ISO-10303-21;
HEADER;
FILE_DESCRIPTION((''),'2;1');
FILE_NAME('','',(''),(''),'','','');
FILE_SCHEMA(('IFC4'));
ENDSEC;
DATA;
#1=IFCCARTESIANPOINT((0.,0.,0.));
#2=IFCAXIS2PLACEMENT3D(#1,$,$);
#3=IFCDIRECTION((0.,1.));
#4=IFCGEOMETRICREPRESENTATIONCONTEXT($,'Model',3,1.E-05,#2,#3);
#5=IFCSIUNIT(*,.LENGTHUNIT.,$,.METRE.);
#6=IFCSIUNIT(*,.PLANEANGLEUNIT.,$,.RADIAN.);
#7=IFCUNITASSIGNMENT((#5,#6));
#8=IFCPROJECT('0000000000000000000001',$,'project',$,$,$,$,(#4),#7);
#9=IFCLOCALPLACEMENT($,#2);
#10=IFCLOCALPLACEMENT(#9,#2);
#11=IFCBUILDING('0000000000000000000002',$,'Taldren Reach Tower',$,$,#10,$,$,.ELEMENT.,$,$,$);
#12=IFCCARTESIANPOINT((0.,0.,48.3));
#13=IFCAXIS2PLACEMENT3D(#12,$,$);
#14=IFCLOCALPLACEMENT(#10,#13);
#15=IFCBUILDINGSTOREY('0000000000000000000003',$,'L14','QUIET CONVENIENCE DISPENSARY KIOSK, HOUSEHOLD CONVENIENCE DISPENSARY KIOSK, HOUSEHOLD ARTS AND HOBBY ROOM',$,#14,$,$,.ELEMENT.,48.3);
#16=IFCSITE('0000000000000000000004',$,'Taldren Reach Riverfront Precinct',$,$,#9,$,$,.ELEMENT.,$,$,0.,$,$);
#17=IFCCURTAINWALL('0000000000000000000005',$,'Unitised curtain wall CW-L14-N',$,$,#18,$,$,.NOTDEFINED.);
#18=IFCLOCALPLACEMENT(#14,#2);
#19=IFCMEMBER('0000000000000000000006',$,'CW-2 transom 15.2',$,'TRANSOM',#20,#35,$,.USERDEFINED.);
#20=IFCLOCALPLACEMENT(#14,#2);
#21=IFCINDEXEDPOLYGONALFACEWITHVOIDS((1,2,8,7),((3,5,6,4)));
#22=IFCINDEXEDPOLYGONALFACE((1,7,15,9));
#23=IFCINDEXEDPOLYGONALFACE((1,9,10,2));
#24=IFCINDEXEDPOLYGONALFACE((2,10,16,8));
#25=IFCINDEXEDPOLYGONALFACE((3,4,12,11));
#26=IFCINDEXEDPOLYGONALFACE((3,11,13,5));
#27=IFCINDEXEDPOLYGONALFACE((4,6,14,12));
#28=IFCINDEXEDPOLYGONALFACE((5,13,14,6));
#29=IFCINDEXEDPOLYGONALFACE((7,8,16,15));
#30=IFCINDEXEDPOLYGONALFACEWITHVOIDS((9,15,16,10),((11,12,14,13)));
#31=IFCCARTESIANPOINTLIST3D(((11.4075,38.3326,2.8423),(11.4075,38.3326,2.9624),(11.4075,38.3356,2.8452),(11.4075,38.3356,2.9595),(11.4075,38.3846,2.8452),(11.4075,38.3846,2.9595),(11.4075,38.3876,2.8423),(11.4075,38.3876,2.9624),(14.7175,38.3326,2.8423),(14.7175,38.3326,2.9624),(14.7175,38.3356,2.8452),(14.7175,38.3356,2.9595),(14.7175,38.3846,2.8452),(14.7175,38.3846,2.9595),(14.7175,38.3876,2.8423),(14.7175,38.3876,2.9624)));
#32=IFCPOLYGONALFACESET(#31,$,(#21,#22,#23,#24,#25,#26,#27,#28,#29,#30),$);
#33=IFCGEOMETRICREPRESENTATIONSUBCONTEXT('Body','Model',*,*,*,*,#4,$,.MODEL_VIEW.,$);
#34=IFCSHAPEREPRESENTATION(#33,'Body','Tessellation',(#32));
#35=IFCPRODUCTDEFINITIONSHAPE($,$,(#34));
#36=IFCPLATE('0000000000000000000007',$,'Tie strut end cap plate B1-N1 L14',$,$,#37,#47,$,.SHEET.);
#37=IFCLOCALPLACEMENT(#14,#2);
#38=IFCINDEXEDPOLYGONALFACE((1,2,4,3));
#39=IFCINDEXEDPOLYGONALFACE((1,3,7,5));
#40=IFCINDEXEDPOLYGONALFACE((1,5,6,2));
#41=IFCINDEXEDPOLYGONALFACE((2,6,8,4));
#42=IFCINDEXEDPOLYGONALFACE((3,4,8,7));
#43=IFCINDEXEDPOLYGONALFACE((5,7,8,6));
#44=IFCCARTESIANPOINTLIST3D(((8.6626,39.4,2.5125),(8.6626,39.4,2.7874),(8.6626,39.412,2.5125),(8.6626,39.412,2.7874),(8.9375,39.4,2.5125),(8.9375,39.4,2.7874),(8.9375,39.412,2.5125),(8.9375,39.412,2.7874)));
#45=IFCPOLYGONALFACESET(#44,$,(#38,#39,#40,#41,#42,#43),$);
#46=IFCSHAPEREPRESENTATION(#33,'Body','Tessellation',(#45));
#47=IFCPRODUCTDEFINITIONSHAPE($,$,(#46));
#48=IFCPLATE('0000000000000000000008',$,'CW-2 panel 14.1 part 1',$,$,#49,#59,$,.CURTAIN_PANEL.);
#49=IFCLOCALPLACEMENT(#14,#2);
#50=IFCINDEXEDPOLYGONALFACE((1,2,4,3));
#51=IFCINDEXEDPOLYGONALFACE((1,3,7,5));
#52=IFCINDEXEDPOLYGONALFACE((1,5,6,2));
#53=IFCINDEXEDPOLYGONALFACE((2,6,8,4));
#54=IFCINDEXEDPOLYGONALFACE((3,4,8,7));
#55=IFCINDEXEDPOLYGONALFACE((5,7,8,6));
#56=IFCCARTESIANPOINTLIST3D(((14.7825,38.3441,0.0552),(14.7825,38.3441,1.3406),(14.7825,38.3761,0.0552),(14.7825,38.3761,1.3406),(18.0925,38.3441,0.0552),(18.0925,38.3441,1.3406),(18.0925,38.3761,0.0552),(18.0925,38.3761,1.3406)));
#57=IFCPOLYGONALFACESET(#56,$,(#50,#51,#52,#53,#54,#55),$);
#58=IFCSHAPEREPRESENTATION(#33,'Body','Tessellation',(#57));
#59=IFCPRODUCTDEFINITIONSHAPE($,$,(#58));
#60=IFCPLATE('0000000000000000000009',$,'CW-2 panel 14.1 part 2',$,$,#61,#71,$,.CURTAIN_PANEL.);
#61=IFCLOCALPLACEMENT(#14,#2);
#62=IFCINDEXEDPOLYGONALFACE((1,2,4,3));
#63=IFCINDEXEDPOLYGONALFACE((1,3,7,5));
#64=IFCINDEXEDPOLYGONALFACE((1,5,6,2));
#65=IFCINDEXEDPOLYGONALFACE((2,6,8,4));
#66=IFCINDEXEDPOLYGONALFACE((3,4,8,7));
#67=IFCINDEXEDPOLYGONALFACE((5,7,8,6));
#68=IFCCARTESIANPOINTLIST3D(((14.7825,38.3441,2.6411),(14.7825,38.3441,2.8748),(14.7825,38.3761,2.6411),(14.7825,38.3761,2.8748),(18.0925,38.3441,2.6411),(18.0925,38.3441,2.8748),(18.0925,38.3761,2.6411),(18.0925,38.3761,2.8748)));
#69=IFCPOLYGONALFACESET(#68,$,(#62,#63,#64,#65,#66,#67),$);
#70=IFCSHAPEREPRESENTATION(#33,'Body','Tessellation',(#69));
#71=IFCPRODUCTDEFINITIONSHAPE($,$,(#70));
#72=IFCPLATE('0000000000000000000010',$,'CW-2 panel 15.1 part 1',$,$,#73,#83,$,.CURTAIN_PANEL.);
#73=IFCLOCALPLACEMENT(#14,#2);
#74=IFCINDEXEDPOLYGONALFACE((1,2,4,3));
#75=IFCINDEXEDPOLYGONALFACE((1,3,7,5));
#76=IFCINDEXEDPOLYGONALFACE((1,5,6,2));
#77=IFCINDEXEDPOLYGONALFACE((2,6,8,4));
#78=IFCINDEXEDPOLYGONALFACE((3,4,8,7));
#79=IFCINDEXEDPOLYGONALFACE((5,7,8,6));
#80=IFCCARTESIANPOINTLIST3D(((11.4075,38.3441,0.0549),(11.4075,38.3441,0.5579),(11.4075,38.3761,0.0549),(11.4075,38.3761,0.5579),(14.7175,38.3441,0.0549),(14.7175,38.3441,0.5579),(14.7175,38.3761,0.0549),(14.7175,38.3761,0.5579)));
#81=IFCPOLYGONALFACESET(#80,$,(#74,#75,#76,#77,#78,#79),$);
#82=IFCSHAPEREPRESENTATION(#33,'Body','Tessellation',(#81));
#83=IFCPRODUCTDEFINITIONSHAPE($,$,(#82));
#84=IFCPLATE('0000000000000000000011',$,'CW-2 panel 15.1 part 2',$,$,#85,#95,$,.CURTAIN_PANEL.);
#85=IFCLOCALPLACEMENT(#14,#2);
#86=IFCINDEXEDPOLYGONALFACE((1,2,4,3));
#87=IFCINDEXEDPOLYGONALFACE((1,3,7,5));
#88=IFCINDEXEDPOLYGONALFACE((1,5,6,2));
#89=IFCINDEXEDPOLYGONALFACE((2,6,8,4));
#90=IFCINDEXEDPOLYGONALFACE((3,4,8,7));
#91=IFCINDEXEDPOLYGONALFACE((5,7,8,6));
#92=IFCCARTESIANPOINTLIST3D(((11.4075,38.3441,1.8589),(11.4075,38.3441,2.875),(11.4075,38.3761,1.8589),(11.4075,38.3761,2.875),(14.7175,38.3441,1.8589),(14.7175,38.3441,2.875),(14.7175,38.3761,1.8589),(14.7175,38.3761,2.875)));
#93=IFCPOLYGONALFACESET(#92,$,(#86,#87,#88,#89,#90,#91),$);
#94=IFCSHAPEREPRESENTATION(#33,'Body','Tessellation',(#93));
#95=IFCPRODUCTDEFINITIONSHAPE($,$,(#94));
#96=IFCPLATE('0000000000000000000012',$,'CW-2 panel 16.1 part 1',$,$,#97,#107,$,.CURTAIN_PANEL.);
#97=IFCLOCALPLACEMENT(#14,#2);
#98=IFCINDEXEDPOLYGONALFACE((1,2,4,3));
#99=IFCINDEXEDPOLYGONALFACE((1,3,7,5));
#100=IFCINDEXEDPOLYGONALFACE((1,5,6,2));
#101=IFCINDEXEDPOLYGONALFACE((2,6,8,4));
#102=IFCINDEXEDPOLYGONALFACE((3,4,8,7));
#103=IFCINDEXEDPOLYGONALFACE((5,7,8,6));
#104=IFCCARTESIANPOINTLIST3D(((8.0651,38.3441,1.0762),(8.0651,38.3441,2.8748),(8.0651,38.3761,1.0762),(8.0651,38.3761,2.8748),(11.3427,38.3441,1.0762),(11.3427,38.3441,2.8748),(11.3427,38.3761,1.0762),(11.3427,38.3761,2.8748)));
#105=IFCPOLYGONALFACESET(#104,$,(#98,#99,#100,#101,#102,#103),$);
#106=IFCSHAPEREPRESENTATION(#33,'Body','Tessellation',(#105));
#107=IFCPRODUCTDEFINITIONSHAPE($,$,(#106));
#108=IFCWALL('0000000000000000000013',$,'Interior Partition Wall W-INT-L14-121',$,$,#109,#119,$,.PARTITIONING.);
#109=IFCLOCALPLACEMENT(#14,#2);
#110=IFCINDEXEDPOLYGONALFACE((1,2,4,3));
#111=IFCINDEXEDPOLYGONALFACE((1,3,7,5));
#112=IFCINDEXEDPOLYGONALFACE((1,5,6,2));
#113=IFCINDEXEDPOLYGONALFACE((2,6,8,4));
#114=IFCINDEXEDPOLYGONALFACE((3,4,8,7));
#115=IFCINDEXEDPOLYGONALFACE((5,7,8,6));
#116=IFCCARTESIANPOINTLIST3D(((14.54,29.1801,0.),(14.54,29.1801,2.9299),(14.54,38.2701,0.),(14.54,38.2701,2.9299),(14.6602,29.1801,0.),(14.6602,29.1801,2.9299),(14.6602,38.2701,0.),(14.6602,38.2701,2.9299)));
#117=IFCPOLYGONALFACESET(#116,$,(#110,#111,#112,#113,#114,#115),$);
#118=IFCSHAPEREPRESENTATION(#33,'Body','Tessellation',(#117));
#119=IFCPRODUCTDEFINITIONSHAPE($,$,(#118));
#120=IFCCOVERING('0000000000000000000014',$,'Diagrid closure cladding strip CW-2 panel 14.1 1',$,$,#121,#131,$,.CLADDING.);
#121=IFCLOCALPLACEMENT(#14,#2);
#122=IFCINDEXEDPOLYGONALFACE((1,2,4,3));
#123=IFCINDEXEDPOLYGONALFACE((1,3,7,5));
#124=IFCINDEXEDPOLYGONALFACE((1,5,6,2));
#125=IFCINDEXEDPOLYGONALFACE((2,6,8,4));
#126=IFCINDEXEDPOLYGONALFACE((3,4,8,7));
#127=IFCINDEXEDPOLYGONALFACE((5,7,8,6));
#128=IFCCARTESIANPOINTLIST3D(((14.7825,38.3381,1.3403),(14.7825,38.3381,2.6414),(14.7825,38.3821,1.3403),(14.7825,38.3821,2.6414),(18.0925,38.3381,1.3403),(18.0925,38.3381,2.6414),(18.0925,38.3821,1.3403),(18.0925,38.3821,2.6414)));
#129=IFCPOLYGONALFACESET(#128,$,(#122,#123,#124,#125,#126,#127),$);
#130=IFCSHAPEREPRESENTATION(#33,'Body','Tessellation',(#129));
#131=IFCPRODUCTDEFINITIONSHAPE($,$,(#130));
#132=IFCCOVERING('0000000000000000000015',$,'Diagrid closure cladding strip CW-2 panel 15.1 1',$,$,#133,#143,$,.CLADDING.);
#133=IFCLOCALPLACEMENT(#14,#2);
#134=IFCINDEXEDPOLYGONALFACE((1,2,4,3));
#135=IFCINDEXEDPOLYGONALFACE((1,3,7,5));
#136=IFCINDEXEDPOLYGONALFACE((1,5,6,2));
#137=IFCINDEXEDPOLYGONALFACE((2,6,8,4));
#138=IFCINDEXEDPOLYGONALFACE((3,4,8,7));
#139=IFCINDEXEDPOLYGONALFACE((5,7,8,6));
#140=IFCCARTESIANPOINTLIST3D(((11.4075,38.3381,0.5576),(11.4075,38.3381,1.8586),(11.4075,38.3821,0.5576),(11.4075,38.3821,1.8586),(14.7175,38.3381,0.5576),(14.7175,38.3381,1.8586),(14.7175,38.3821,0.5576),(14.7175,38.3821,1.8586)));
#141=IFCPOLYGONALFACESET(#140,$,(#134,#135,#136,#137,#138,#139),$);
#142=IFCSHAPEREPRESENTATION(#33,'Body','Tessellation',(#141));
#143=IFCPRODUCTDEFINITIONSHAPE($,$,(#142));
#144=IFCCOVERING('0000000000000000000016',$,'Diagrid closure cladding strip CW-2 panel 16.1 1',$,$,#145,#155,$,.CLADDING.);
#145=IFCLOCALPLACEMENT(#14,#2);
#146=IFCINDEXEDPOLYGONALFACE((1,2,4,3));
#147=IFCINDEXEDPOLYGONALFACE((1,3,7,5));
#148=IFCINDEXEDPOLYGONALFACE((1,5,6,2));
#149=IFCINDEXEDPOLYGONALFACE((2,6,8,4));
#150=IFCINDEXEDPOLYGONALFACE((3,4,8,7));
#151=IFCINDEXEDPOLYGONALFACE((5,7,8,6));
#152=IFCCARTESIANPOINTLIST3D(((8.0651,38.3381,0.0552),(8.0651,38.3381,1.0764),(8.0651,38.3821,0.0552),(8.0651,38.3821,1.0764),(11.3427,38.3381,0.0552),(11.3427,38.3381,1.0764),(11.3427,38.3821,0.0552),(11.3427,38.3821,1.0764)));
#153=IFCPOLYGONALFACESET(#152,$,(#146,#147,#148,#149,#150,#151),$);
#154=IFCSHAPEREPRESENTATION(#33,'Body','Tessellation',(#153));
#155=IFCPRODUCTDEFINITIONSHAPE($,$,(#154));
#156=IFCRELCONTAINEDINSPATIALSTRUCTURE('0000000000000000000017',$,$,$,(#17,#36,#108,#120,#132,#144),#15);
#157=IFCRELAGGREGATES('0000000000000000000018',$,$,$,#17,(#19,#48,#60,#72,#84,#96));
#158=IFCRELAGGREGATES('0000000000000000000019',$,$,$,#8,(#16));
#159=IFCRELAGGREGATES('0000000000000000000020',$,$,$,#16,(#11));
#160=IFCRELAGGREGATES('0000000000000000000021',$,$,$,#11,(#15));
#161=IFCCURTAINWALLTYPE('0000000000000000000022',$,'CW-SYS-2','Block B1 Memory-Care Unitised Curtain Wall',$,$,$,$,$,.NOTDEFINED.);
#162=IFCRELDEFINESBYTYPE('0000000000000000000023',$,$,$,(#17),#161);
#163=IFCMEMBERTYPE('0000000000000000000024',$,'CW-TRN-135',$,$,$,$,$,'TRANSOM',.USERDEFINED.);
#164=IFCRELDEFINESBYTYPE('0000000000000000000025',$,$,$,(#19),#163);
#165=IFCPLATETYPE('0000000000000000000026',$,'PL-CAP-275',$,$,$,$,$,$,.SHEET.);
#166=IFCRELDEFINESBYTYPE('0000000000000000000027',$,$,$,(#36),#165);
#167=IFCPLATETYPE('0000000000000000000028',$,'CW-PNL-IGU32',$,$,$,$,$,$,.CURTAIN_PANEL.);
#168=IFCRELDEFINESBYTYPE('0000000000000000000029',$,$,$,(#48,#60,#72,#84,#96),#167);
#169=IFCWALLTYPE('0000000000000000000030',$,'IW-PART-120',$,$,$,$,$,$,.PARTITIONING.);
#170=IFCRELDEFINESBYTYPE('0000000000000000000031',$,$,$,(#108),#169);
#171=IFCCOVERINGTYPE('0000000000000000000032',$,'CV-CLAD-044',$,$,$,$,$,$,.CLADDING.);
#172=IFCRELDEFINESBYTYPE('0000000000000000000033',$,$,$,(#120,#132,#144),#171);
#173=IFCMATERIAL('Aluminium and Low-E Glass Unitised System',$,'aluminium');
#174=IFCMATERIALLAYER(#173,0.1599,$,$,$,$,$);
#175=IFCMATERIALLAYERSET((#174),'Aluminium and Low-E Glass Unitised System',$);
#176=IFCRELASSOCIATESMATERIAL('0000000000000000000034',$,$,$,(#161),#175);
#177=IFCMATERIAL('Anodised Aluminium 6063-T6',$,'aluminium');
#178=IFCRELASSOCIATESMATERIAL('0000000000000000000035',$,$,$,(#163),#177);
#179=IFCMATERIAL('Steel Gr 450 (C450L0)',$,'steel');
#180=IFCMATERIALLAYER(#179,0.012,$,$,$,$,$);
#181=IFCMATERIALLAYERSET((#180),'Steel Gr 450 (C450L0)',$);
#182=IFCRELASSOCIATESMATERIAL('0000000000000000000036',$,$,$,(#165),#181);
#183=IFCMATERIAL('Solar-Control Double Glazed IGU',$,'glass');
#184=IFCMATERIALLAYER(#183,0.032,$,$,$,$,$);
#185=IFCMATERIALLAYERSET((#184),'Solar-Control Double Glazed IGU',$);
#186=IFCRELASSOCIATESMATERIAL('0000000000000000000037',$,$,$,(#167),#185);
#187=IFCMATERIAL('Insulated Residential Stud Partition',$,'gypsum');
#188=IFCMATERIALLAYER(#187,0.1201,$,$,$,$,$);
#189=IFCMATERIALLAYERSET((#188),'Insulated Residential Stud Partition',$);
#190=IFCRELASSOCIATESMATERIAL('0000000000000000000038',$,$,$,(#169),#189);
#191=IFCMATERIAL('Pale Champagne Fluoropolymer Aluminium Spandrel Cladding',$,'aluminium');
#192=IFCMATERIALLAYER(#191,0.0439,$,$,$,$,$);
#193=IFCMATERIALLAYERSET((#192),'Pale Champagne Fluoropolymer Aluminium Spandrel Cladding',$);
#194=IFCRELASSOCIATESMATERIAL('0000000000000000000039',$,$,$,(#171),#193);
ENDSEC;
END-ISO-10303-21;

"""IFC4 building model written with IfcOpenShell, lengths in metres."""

from ifc_helpers import new_model, si_unit, direction, frame, frame_2d, origin, origin_2d, place, context, subcontext, project, spatial, rectangle, hollow_rectangle, extrude, source, transform, mapped, material, layer, layer_set, material_profile, profile_set, type_object, element, aggregate, save


model = new_model("IFC4")

# Units and contexts
model_context = context("Model", 3, precision=1e-05, world=origin(), true_north=direction((0.0, 1.0)))
body_context = subcontext(model_context, "Body", "Model", "MODEL_VIEW")
ifc_project = project(units=[si_unit("LENGTHUNIT", "METRE"), si_unit("PLANEANGLEUNIT", "RADIAN")], contexts=[model_context])

# Site, building, storey
site_placement = place(None, origin())
site = spatial("IfcSite", under=ifc_project, at=site_placement, Name="Taldren Reach Riverfront Precinct", CompositionType="ELEMENT", RefElevation=0.0)
building_placement = place(site_placement, origin())
building = spatial("IfcBuilding", under=site, at=building_placement, Name="Taldren Reach Tower", CompositionType="ELEMENT")
storey_placement = place(building_placement, frame((0.0, 0.0, 48.3)))
storey = spatial("IfcBuildingStorey", under=building, at=storey_placement, Name="L14", Description="QUIET CONVENIENCE DISPENSARY KIOSK, HOUSEHOLD CONVENIENCE DISPENSARY KIOSK, HOUSEHOLD ARTS AND HOBBY ROOM", CompositionType="ELEMENT", Elevation=48.3)

# Shared definitions
ifc_material_1 = material(Name="Steel Gr 450 (C450L0)", Category="steel")

# Curtain wall, member
ifc_material_2 = material(Name="Aluminium and Low-E Glass Unitised System", Category="aluminium")
ifc_layer_1 = layer(ifc_material_2, 0.1599)
ifc_layer_set_1 = layer_set([ifc_layer_1], Name="Aluminium and Low-E Glass Unitised System")
curtain_wall_type = type_object("IfcCurtainWallType", Name="CW-SYS-2", Description="Block B1 Memory-Care Unitised Curtain Wall", PredefinedType="NOTDEFINED", material=ifc_layer_set_1)
curtain_wall_placement = place(storey_placement, origin())
curtain_wall = element("IfcCurtainWall", 1, at=curtain_wall_placement, inside=storey, type_object=curtain_wall_type, Name="Unitised curtain wall CW-L14-N", PredefinedType="NOTDEFINED")
ifc_material_3 = material(Name="Anodised Aluminium 6063-T6", Category="aluminium")
ifc_material_profile_1 = material_profile(ifc_material_3, hollow_rectangle(XDim=0.0549, YDim=0.1201, WallThickness=0.0029, at=origin_2d()), Name="ALU-120x55x3RHS")
ifc_profile_set_1 = profile_set([ifc_material_profile_1], Name="Anodised Aluminium 6063-T6")
member_type_1 = type_object("IfcMemberType", Name="CW-TRN-135", ElementType="TRANSOM", PredefinedType="USERDEFINED", material=ifc_profile_set_1)
shared_shape_1 = source(origin(), body_context, "Body", "SweptSolid", [
    extrude(hollow_rectangle(XDim=0.0549, YDim=0.1201, WallThickness=0.0029, at=origin_2d()), origin(), (0.0, 0.0, 1.0), 3.3101),
])
member_1_placement = place(storey_placement, frame((14.7175, 38.3601, 2.9023), z_axis=(-1.0, 0.0, 0.0), x_axis=(0.0, -1.0, 0.0)))
member_1 = element("IfcMember", 2, at=member_1_placement, type_object=member_type_1, Name="CW-2 transom 15.2", ObjectType="TRANSOM", PredefinedType="USERDEFINED", context=body_context, shape_type="MappedRepresentation", body=[
    mapped(shared_shape_1, transform((0.0, 0.0, 0.0), scale=1.0)),
])

# Plates
ifc_layer_2 = layer(ifc_material_1, 0.012)
ifc_layer_set_2 = layer_set([ifc_layer_2], Name="Steel Gr 450 (C450L0)")
plate_type_1 = type_object("IfcPlateType", Name="PL-CAP-275", PredefinedType="SHEET", material=ifc_layer_set_2)
shared_shape_2 = source(origin(), body_context, "Body", "SweptSolid", [
    extrude(rectangle(XDim=0.2749, YDim=0.012, at=origin_2d()), origin(), (0.0, 0.0, 1.0), 0.2749),
])
plate_1_placement = place(storey_placement, frame((8.8, 39.406, 2.5125), z_axis=(0.0, 0.0, 1.0), x_axis=(1.0, 0.0, 0.0)))
element("IfcPlate", 3, at=plate_1_placement, inside=storey, type_object=plate_type_1, Name="Tie strut end cap plate B1-N1 L14", PredefinedType="SHEET", context=body_context, shape_type="MappedRepresentation", body=[
    mapped(shared_shape_2, transform((0.0, 0.0, 0.0), scale=1.0)),
])
ifc_material_4 = material(Name="Solar-Control Double Glazed IGU", Category="glass")
ifc_layer_3 = layer(ifc_material_4, 0.032)
ifc_layer_set_3 = layer_set([ifc_layer_3], Name="Solar-Control Double Glazed IGU")
plate_type_2 = type_object("IfcPlateType", Name="CW-PNL-IGU32", PredefinedType="CURTAIN_PANEL", material=ifc_layer_set_3)
shared_shape_3 = source(origin(), body_context, "Body", "SweptSolid", [
    extrude(rectangle(XDim=3.3101, YDim=0.032, at=origin_2d()), origin(), (0.0, 0.0, 1.0), 1.2854),
])
plate_2_placement = place(storey_placement, frame((16.4375, 38.3601, 0.0552), z_axis=(0.0, 0.0, 1.0), x_axis=(-1.0, 0.0, 0.0)))
plate_2 = element("IfcPlate", 4, at=plate_2_placement, type_object=plate_type_2, Name="CW-2 panel 14.1 part 1", PredefinedType="CURTAIN_PANEL", context=body_context, shape_type="MappedRepresentation", body=[
    mapped(shared_shape_3, transform((0.0, 0.0, 0.0), scale=1.0)),
])
shared_shape_4 = source(origin(), body_context, "Body", "SweptSolid", [
    extrude(rectangle(XDim=3.3101, YDim=0.032, at=origin_2d()), origin(), (0.0, 0.0, 1.0), 0.2336),
])
plate_3_placement = place(storey_placement, frame((16.4375, 38.3601, 2.6411), z_axis=(0.0, 0.0, 1.0), x_axis=(-1.0, 0.0, 0.0)))
plate_3 = element("IfcPlate", 5, at=plate_3_placement, type_object=plate_type_2, Name="CW-2 panel 14.1 part 2", PredefinedType="CURTAIN_PANEL", context=body_context, shape_type="MappedRepresentation", body=[
    mapped(shared_shape_4, transform((0.0, 0.0, 0.0), scale=1.0)),
])
shared_shape_5 = source(origin(), body_context, "Body", "SweptSolid", [
    extrude(rectangle(XDim=3.3101, YDim=0.032, at=origin_2d()), origin(), (0.0, 0.0, 1.0), 0.5029),
])
plate_4_placement = place(storey_placement, frame((13.0625, 38.3601, 0.0549), z_axis=(0.0, 0.0, 1.0), x_axis=(-1.0, 0.0, 0.0)))
plate_4 = element("IfcPlate", 6, at=plate_4_placement, type_object=plate_type_2, Name="CW-2 panel 15.1 part 1", PredefinedType="CURTAIN_PANEL", context=body_context, shape_type="MappedRepresentation", body=[
    mapped(shared_shape_5, transform((0.0, 0.0, 0.0), scale=1.0)),
])
shared_shape_6 = source(origin(), body_context, "Body", "SweptSolid", [
    extrude(rectangle(XDim=3.3101, YDim=0.032, at=origin_2d()), origin(), (0.0, 0.0, 1.0), 1.0161),
])
plate_5_placement = place(storey_placement, frame((13.0625, 38.3601, 1.8589), z_axis=(0.0, 0.0, 1.0), x_axis=(-1.0, 0.0, 0.0)))
plate_5 = element("IfcPlate", 7, at=plate_5_placement, type_object=plate_type_2, Name="CW-2 panel 15.1 part 2", PredefinedType="CURTAIN_PANEL", context=body_context, shape_type="MappedRepresentation", body=[
    mapped(shared_shape_6, transform((0.0, 0.0, 0.0), scale=1.0)),
])
shared_shape_7 = source(origin(), body_context, "Body", "SweptSolid", [
    extrude(rectangle(XDim=3.2776, YDim=0.032, at=origin_2d()), origin(), (0.0, 0.0, 1.0), 1.7986),
])
plate_6_placement = place(storey_placement, frame((9.7039, 38.3601, 1.0762), z_axis=(0.0, 0.0, 1.0), x_axis=(-1.0, 0.0, 0.0)))
plate_6 = element("IfcPlate", 8, at=plate_6_placement, type_object=plate_type_2, Name="CW-2 panel 16.1 part 1", PredefinedType="CURTAIN_PANEL", context=body_context, shape_type="MappedRepresentation", body=[
    mapped(shared_shape_7, transform((0.0, 0.0, 0.0), scale=1.0)),
])
aggregate(curtain_wall, [member_1, plate_2, plate_3, plate_4, plate_5, plate_6])

# Wall
ifc_material_5 = material(Name="Insulated Residential Stud Partition", Category="gypsum")
ifc_layer_4 = layer(ifc_material_5, 0.1201)
ifc_layer_set_4 = layer_set([ifc_layer_4], Name="Insulated Residential Stud Partition")
wall_type = type_object("IfcWallType", Name="IW-PART-120", PredefinedType="PARTITIONING", material=ifc_layer_set_4)
shared_shape_8 = source(origin(), body_context, "Body", "SweptSolid", [
    extrude(rectangle(XDim=9.0901, YDim=0.1201, at=frame_2d((4.5449, 0.0))), origin(), (0.0, 0.0, 1.0), 2.9299),
])
wall_placement = place(storey_placement, frame((14.6001, 38.27, 0.0), z_axis=(0.0, 0.0, 1.0), x_axis=(0.0, -1.0, 0.0)))
element("IfcWall", 9, at=wall_placement, inside=storey, type_object=wall_type, Name="Interior Partition Wall W-INT-L14-121", PredefinedType="PARTITIONING", context=body_context, shape_type="MappedRepresentation", body=[
    mapped(shared_shape_8, transform((0.0, 0.0, 0.0), scale=1.0)),
])

# Coverings
ifc_material_6 = material(Name="Pale Champagne Fluoropolymer Aluminium Spandrel Cladding", Category="aluminium")
ifc_layer_5 = layer(ifc_material_6, 0.0439)
ifc_layer_set_5 = layer_set([ifc_layer_5], Name="Pale Champagne Fluoropolymer Aluminium Spandrel Cladding")
covering_type = type_object("IfcCoveringType", Name="CV-CLAD-044", PredefinedType="CLADDING", material=ifc_layer_set_5)
shared_shape_9 = source(origin(), body_context, "Body", "SweptSolid", [
    extrude(rectangle(XDim=3.3101, YDim=0.0439, at=origin_2d()), origin(), (0.0, 0.0, 1.0), 1.301),
])
for number, where, z_axis, x_axis, name in (
    (10, (16.4375, 38.3601, 1.3403), (0.0, 0.0, 1.0), (-1.0, 0.0, 0.0), "Diagrid closure cladding strip CW-2 panel 14.1 1"),
    (11, (13.0625, 38.3601, 0.5576), (0.0, 0.0, 1.0), (-1.0, 0.0, 0.0), "Diagrid closure cladding strip CW-2 panel 15.1 1"),
):
    element("IfcCovering", number, at=place(storey_placement, frame(where, z_axis=z_axis, x_axis=x_axis)), inside=storey, type_object=covering_type, Name=name, PredefinedType="CLADDING", context=body_context, shape_type="MappedRepresentation", body=[
        mapped(shared_shape_9, transform((0.0, 0.0, 0.0), scale=1.0)),
    ])
shared_shape_10 = source(origin(), body_context, "Body", "SweptSolid", [
    extrude(rectangle(XDim=3.2776, YDim=0.0439, at=origin_2d()), origin(), (0.0, 0.0, 1.0), 1.0212),
])
covering_placement = place(storey_placement, frame((9.7039, 38.3601, 0.0552), z_axis=(0.0, 0.0, 1.0), x_axis=(-1.0, 0.0, 0.0)))
element("IfcCovering", 12, at=covering_placement, inside=storey, type_object=covering_type, Name="Diagrid closure cladding strip CW-2 panel 16.1 1", PredefinedType="CLADDING", context=body_context, shape_type="MappedRepresentation", body=[
    mapped(shared_shape_10, transform((0.0, 0.0, 0.0), scale=1.0)),
])

save(model, "model.ifc")
